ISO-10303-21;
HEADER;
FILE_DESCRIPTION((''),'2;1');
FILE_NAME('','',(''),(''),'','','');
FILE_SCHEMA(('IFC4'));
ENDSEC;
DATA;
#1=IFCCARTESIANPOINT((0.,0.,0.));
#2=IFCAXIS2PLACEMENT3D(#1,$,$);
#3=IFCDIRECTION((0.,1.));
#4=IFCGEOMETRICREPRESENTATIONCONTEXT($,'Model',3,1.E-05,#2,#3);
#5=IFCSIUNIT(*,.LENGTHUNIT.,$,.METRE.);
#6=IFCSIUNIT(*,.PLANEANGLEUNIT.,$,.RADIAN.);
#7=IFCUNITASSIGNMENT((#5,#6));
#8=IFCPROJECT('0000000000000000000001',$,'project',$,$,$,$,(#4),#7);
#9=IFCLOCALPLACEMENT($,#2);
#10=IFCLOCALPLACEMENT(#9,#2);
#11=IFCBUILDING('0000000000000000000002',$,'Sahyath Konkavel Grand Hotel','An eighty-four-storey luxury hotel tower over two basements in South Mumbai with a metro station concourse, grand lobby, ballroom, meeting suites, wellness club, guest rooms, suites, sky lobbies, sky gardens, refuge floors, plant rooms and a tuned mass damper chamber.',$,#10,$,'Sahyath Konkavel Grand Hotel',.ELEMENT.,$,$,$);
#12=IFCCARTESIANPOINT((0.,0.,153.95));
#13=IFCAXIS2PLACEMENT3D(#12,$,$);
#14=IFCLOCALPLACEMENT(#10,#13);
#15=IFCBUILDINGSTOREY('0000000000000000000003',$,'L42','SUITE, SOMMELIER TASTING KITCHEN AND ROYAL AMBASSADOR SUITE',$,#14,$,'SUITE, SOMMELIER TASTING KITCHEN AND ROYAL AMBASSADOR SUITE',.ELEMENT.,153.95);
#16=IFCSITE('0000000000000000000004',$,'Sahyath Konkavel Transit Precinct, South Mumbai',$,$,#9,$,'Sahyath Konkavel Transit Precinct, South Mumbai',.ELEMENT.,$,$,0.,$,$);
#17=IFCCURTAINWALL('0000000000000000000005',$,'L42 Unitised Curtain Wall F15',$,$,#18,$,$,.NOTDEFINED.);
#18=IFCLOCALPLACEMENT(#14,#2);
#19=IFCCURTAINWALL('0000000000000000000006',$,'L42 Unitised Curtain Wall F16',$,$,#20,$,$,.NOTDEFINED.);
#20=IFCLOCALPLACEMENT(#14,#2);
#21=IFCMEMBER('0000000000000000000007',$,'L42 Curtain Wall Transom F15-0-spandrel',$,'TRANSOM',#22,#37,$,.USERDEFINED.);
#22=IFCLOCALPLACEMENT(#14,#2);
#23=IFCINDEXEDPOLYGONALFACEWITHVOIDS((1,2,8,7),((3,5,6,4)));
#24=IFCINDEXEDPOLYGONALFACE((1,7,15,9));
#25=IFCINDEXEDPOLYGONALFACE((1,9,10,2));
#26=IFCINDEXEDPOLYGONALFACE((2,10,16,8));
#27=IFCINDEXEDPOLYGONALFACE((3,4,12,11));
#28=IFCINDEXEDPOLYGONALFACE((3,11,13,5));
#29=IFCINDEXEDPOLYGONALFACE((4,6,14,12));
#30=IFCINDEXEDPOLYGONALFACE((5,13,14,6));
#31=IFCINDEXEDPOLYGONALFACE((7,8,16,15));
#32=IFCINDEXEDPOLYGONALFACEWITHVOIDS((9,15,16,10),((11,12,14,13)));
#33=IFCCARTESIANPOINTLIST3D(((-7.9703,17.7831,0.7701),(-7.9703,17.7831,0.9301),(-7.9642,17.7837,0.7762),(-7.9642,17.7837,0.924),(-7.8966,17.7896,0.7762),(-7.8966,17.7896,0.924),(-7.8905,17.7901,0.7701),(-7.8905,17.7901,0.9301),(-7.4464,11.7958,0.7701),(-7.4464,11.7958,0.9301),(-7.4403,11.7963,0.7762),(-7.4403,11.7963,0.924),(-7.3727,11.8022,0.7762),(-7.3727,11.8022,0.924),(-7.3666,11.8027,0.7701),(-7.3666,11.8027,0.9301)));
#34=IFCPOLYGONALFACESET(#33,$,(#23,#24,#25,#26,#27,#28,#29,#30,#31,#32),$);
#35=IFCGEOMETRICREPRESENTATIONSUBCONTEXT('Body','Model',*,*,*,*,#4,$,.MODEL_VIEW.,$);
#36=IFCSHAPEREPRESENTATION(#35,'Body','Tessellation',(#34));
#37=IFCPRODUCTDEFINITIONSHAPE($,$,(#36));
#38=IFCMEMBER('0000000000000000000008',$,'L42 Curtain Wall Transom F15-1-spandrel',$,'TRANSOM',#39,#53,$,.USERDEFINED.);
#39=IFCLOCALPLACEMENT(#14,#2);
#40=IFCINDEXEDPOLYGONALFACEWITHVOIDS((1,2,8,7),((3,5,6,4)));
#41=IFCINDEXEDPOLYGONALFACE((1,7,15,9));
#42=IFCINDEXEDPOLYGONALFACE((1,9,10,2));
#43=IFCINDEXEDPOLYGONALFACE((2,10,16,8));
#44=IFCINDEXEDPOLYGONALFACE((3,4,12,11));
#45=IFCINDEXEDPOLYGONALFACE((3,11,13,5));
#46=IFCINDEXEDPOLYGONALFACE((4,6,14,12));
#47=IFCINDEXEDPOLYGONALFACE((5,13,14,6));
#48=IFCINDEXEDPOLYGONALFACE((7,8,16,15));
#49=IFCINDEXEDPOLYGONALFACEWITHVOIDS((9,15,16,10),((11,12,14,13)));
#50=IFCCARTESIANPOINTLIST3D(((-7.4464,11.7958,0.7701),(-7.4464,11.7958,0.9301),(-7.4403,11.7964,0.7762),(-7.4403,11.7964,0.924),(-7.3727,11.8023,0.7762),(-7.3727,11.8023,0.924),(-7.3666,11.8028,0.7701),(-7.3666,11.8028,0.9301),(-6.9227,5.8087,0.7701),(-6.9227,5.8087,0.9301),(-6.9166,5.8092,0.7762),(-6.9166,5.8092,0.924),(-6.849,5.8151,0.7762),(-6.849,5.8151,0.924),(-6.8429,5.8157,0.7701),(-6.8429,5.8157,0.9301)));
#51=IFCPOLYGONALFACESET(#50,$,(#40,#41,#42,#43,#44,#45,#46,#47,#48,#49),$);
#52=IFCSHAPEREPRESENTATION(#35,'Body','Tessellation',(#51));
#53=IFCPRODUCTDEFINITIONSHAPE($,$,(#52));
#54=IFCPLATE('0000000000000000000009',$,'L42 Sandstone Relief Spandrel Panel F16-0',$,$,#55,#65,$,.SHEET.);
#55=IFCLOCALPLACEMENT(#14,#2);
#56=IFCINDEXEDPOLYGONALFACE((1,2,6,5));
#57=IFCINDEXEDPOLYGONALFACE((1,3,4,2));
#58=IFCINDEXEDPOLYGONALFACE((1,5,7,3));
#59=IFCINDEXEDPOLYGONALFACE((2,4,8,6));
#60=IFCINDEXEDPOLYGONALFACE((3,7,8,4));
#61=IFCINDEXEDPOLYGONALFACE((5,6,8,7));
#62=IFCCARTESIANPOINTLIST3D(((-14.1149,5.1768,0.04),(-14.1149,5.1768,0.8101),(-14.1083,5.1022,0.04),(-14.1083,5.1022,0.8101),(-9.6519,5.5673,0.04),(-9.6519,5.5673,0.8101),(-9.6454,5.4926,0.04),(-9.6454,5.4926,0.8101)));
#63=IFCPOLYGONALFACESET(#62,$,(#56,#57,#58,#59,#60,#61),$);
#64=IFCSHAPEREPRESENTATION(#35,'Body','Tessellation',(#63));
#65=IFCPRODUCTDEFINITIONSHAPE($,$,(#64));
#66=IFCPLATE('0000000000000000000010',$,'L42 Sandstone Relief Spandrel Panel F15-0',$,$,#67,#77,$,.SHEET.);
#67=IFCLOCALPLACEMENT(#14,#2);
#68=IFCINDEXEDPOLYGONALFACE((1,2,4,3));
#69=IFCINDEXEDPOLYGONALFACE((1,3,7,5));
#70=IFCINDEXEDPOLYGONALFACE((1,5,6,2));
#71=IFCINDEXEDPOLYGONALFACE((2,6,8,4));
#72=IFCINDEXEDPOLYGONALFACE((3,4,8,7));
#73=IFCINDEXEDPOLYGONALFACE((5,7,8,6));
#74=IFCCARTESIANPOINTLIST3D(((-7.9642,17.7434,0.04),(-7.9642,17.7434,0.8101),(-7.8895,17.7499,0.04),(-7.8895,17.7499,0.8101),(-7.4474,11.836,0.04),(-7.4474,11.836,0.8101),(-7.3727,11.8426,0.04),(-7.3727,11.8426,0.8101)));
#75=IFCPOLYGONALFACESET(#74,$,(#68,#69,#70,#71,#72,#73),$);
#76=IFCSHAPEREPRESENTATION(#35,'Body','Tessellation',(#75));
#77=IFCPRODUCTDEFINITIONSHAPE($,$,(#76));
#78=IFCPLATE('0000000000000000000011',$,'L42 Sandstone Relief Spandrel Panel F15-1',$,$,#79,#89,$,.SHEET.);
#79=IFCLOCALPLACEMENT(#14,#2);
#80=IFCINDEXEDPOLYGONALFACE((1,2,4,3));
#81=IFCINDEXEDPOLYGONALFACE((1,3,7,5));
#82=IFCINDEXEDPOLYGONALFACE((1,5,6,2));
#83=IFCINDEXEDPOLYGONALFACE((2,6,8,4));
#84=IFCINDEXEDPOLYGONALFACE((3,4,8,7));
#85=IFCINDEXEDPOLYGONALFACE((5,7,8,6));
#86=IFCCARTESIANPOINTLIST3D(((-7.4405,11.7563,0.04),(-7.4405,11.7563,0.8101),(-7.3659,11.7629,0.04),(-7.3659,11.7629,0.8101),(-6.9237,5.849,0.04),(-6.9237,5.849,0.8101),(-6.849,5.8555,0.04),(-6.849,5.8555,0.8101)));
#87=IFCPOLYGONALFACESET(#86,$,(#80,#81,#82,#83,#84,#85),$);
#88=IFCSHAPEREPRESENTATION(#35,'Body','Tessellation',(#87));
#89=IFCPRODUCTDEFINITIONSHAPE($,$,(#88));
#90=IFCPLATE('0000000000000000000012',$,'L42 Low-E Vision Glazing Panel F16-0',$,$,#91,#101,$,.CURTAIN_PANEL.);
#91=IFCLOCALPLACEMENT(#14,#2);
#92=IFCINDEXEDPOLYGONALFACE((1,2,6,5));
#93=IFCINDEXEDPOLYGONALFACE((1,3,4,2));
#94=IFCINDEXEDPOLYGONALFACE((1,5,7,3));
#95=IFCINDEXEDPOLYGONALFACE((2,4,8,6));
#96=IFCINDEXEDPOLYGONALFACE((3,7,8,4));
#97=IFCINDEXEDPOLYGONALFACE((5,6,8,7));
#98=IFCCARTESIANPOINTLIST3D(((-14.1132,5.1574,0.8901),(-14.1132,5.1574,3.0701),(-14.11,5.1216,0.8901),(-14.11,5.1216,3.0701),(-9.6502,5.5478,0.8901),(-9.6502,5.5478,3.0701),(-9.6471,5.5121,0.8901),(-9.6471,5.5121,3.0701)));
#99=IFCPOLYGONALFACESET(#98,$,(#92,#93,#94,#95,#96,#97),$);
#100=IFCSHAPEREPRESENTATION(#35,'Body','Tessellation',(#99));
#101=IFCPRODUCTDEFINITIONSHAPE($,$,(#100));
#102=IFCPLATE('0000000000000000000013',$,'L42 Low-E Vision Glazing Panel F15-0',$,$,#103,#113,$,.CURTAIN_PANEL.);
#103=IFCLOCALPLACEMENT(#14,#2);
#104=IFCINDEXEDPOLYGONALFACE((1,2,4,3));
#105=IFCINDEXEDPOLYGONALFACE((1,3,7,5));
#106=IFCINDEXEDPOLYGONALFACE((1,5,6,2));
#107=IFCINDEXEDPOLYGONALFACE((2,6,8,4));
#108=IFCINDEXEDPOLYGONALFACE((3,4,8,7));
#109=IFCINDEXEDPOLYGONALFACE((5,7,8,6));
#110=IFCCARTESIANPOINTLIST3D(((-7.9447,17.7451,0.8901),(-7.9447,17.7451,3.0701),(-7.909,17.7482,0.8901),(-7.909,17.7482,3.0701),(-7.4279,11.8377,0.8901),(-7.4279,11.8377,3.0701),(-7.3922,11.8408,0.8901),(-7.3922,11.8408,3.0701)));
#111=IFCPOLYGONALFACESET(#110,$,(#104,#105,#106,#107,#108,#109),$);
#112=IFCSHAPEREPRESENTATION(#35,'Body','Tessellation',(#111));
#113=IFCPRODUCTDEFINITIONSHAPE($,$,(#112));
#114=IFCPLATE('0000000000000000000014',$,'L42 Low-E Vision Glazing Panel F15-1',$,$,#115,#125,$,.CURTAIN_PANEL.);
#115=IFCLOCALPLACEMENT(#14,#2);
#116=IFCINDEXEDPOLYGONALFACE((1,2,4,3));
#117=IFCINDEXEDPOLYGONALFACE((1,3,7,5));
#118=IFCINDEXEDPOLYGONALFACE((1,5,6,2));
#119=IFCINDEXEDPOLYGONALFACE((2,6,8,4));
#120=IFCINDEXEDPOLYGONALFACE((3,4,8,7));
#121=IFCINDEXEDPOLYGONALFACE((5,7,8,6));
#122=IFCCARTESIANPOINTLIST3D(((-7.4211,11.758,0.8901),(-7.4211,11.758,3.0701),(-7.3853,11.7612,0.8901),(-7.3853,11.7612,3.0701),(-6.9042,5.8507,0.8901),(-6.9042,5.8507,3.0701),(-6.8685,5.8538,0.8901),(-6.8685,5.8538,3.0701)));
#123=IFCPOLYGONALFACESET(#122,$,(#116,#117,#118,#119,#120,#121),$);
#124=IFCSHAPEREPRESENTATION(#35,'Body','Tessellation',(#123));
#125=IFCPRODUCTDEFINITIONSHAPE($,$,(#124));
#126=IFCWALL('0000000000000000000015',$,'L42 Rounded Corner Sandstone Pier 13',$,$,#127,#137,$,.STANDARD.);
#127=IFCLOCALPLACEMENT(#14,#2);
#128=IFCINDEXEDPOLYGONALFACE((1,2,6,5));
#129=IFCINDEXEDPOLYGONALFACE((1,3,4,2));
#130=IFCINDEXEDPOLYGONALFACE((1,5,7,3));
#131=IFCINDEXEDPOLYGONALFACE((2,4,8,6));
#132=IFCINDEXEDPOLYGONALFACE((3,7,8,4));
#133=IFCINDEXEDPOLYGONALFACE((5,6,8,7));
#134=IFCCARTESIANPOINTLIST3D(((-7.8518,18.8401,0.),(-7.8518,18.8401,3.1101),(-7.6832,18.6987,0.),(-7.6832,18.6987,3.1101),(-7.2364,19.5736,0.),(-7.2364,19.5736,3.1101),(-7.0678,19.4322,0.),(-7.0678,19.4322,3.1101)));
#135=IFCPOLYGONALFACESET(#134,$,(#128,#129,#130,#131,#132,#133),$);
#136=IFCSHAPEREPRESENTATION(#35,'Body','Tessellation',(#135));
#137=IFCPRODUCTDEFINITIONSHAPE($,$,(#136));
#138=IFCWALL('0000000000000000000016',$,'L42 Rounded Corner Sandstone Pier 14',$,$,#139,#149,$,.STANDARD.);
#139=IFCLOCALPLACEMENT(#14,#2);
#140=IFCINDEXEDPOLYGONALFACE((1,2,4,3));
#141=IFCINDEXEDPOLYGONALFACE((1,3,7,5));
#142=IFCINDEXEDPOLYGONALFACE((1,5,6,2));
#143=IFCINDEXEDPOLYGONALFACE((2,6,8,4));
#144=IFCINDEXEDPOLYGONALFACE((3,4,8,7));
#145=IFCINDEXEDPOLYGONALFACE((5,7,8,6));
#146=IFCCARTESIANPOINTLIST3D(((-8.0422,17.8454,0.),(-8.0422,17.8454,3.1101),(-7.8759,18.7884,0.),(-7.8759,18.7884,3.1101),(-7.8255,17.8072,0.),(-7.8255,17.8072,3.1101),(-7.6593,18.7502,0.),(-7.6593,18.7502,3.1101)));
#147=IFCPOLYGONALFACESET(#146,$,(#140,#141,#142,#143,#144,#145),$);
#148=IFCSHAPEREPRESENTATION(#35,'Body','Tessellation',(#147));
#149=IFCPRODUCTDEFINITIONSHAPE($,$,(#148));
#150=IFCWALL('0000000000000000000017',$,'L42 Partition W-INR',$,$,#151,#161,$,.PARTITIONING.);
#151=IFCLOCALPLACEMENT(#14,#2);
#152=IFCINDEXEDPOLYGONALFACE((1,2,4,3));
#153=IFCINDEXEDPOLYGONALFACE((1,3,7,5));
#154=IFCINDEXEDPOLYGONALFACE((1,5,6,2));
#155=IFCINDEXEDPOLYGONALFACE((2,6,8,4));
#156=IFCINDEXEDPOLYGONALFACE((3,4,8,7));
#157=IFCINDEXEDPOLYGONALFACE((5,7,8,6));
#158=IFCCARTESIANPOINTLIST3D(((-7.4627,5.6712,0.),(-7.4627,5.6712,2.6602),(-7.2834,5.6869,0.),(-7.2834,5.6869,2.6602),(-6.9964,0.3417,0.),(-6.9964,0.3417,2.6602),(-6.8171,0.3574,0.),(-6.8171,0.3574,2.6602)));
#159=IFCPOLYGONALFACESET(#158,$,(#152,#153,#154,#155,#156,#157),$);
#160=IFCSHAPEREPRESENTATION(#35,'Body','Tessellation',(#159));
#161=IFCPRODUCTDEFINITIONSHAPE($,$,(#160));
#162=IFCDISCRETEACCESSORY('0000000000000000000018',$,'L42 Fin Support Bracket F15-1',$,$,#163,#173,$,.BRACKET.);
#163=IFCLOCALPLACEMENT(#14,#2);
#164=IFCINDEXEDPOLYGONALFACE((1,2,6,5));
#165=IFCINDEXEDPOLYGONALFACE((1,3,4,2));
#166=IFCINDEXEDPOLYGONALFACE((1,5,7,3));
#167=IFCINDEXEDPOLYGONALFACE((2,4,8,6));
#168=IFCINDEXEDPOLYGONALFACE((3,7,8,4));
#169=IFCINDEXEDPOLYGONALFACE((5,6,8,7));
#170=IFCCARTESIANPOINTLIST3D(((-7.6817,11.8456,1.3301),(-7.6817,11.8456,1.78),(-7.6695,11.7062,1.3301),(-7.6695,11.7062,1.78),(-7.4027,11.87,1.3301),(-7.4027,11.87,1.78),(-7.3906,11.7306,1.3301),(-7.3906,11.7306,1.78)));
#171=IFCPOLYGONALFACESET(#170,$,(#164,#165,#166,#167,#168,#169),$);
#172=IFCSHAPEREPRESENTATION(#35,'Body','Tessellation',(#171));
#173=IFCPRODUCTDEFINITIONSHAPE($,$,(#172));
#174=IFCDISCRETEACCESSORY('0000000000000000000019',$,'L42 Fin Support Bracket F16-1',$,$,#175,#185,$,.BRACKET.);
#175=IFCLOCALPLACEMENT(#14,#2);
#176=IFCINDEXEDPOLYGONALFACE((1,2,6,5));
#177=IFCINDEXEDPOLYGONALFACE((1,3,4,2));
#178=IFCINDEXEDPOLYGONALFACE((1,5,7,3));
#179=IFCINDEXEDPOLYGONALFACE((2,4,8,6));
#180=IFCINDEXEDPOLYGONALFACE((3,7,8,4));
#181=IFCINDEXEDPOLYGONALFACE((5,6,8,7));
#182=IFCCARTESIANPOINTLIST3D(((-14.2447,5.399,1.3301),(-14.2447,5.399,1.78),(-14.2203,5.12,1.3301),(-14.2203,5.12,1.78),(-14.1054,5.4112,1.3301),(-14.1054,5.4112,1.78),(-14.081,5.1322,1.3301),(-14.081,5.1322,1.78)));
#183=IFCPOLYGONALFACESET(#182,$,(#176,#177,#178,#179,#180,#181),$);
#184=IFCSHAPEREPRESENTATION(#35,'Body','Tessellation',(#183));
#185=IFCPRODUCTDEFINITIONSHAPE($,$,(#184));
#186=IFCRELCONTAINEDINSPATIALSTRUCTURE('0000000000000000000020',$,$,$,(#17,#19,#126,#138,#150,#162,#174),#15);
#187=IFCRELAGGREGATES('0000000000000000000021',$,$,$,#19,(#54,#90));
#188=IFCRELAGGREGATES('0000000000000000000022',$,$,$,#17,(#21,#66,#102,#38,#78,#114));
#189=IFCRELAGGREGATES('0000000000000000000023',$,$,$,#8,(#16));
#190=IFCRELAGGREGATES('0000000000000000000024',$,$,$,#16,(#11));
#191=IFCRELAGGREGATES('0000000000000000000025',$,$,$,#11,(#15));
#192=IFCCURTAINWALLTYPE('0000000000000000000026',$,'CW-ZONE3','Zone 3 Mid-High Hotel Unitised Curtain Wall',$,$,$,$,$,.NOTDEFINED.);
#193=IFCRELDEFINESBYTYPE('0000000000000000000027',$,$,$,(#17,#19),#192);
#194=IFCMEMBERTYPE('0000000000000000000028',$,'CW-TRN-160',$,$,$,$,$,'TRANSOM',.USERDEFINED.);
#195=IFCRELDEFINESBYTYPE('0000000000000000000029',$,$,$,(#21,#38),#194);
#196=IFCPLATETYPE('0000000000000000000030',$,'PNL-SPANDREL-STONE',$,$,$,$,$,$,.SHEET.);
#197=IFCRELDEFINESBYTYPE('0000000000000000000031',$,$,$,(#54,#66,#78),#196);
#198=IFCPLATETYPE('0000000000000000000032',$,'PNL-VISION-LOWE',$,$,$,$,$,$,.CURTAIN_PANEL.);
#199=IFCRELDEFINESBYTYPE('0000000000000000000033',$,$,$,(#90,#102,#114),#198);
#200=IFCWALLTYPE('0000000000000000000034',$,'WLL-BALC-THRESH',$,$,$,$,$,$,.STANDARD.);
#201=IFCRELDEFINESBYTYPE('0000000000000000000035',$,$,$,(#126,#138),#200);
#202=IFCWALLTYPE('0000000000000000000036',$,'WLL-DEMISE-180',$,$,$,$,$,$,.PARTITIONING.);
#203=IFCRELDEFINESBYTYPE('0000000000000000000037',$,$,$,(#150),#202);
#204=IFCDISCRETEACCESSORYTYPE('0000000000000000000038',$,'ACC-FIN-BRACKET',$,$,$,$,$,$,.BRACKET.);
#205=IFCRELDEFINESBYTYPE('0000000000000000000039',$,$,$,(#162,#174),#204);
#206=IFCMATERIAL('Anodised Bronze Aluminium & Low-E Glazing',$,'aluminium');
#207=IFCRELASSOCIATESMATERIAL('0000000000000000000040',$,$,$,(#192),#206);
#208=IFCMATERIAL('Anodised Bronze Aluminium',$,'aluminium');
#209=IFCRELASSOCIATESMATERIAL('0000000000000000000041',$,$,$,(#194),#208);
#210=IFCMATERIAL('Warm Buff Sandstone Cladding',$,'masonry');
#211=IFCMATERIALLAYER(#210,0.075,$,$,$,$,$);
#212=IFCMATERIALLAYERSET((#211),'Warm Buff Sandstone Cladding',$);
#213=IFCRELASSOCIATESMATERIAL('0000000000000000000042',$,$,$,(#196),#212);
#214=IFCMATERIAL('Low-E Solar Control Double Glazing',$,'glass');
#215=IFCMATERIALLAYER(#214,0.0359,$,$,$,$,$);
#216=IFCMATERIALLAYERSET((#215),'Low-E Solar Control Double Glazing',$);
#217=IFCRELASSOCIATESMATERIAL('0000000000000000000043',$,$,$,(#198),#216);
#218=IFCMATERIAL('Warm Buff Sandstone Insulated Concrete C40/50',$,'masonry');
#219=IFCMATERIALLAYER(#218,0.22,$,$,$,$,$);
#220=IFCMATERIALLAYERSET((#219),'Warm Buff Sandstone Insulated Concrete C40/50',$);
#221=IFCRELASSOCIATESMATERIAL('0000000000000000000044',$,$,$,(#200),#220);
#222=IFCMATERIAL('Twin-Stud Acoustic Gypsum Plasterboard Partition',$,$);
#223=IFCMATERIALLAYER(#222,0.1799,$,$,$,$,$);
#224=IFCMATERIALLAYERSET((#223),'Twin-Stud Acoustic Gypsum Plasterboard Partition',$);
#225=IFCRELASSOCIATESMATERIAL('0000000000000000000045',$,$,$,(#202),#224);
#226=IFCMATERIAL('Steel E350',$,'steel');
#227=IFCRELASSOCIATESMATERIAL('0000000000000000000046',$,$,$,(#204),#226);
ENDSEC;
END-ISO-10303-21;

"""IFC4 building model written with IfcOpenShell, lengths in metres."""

from ifc_helpers import new_model, si_unit, direction, frame, frame_2d, origin, origin_2d, place, context, subcontext, project, spatial, rectangle, hollow_rectangle, extrude, source, transform, mapped, material, layer, layer_set, material_profile, profile_set, type_object, element, aggregate, save


model = new_model("IFC4")

# Units and contexts
model_context = context("Model", 3, precision=1e-05, world=origin(), true_north=direction((0.0, 1.0)))
body_context = subcontext(model_context, "Body", "Model", "MODEL_VIEW")
ifc_project = project(units=[si_unit("LENGTHUNIT", "METRE"), si_unit("PLANEANGLEUNIT", "RADIAN")], contexts=[model_context])

# Site, building, storey
site_placement = place(None, origin())
site = spatial("IfcSite", under=ifc_project, at=site_placement, Name="Sahyath Konkavel Transit Precinct, South Mumbai", LongName="Sahyath Konkavel Transit Precinct, South Mumbai", CompositionType="ELEMENT", RefElevation=0.0)
building_placement = place(site_placement, origin())
building = spatial("IfcBuilding", under=site, at=building_placement, Name="Sahyath Konkavel Grand Hotel", Description="An eighty-four-storey luxury hotel tower over two basements in South Mumbai with a metro station concourse, grand lobby, ballroom, meeting suites, wellness club, guest rooms, suites, sky lobbies, sky gardens, refuge floors, plant rooms and a tuned mass damper chamber.", LongName="Sahyath Konkavel Grand Hotel", CompositionType="ELEMENT")
storey_placement = place(building_placement, frame((0.0, 0.0, 153.95)))
storey = spatial("IfcBuildingStorey", under=building, at=storey_placement, Name="L42", Description="SUITE, SOMMELIER TASTING KITCHEN AND ROYAL AMBASSADOR SUITE", LongName="SUITE, SOMMELIER TASTING KITCHEN AND ROYAL AMBASSADOR SUITE", CompositionType="ELEMENT", Elevation=153.95)

# Shared definitions
ifc_material_1 = material(Name="Steel E350", Category="steel")

# Curtain walls
ifc_material_2 = material(Name="Anodised Bronze Aluminium & Low-E Glazing", Category="aluminium")
curtain_wall_type = type_object("IfcCurtainWallType", Name="CW-ZONE3", Description="Zone 3 Mid-High Hotel Unitised Curtain Wall", PredefinedType="NOTDEFINED", material=ifc_material_2)
curtain_wall_1_placement = place(storey_placement, origin())
curtain_wall_1 = element("IfcCurtainWall", 1, at=curtain_wall_1_placement, inside=storey, type_object=curtain_wall_type, Name="L42 Unitised Curtain Wall F15", PredefinedType="NOTDEFINED")
curtain_wall_2_placement = place(storey_placement, origin())
curtain_wall_2 = element("IfcCurtainWall", 2, at=curtain_wall_2_placement, inside=storey, type_object=curtain_wall_type, Name="L42 Unitised Curtain Wall F16", PredefinedType="NOTDEFINED")
ifc_material_3 = material(Name="Anodised Bronze Aluminium", Category="aluminium")

# Members
ifc_material_profile_1 = material_profile(ifc_material_3, hollow_rectangle(XDim=0.0801, YDim=0.1599, WallThickness=0.0061, at=origin_2d()), Name="RHS 160x80x6")
ifc_profile_set_1 = profile_set([ifc_material_profile_1], Name="Anodised Bronze Aluminium")
member_type_1 = type_object("IfcMemberType", Name="CW-TRN-160", ElementType="TRANSOM", PredefinedType="USERDEFINED", material=ifc_profile_set_1)
shared_shape_1 = source(origin(), body_context, "Body", "SweptSolid", [
    extrude(hollow_rectangle(XDim=0.0801, YDim=0.1599, WallThickness=0.0061, at=origin_2d()), origin(), (0.0, 0.0, 1.0), 6.0103),
])
member_1_placement = place(storey_placement, frame((-7.9304, 17.7866, 0.8501), z_axis=(0.087173, -0.996193, 0.0), x_axis=(0.996193, 0.087173, 0.0)))
member_1 = element("IfcMember", 3, at=member_1_placement, type_object=member_type_1, Name="L42 Curtain Wall Transom F15-0-spandrel", ObjectType="TRANSOM", PredefinedType="USERDEFINED", context=body_context, shape_type="MappedRepresentation", body=[
    mapped(shared_shape_1, transform((0.0, 0.0, 0.0), scale=1.0)),
])
shared_shape_2 = source(origin(), body_context, "Body", "SweptSolid", [
    extrude(hollow_rectangle(XDim=0.0801, YDim=0.1599, WallThickness=0.0061, at=origin_2d()), origin(), (0.0, 0.0, 1.0), 6.01),
])
member_2_placement = place(storey_placement, frame((-7.4065, 11.7993, 0.8501), z_axis=(0.087136, -0.996196, 0.0), x_axis=(0.996196, 0.087136, 0.0)))
member_2 = element("IfcMember", 4, at=member_2_placement, type_object=member_type_1, Name="L42 Curtain Wall Transom F15-1-spandrel", ObjectType="TRANSOM", PredefinedType="USERDEFINED", context=body_context, shape_type="MappedRepresentation", body=[
    mapped(shared_shape_2, transform((0.0, 0.0, 0.0), scale=1.0)),
])

# Plates
ifc_material_4 = material(Name="Warm Buff Sandstone Cladding", Category="masonry")
ifc_layer_1 = layer(ifc_material_4, 0.075)
ifc_layer_set_1 = layer_set([ifc_layer_1], Name="Warm Buff Sandstone Cladding")
plate_type_1 = type_object("IfcPlateType", Name="PNL-SPANDREL-STONE", PredefinedType="SHEET", material=ifc_layer_set_1)
shared_shape_3 = source(origin(), body_context, "Body", "SweptSolid", [
    extrude(rectangle(XDim=4.48, YDim=0.075, at=origin_2d()), origin(), (0.0, 0.0, 1.0), 0.77),
])
plate_1_placement = place(storey_placement, frame((-11.8801, 5.3347, 0.04), z_axis=(0.0, 0.0, 1.0), x_axis=(-0.996195, -0.087156, 0.0)))
plate_1 = element("IfcPlate", 5, at=plate_1_placement, type_object=plate_type_1, Name="L42 Sandstone Relief Spandrel Panel F16-0", PredefinedType="SHEET", context=body_context, shape_type="MappedRepresentation", body=[
    mapped(shared_shape_3, transform((0.0, 0.0, 0.0), scale=1.0)),
])
shared_shape_4 = source(origin(), body_context, "Body", "SweptSolid", [
    extrude(rectangle(XDim=5.9299, YDim=0.075, at=origin_2d()), origin(), (0.0, 0.0, 1.0), 0.77),
])
plate_2_placement = place(storey_placement, frame((-7.6685, 14.793, 0.04), z_axis=(0.0, 0.0, 1.0), x_axis=(0.087156, -0.996195, 0.0)))
plate_2 = element("IfcPlate", 6, at=plate_2_placement, type_object=plate_type_1, Name="L42 Sandstone Relief Spandrel Panel F15-0", PredefinedType="SHEET", context=body_context, shape_type="MappedRepresentation", body=[
    mapped(shared_shape_4, transform((0.0, 0.0, 0.0), scale=1.0)),
])
plate_3_placement = place(storey_placement, frame((-7.1448, 8.8059, 0.04), z_axis=(0.0, 0.0, 1.0), x_axis=(0.087156, -0.996195, 0.0)))
plate_3 = element("IfcPlate", 7, at=plate_3_placement, type_object=plate_type_1, Name="L42 Sandstone Relief Spandrel Panel F15-1", PredefinedType="SHEET", context=body_context, shape_type="MappedRepresentation", body=[
    mapped(shared_shape_4, transform((0.0, 0.0, 0.0), scale=1.0)),
])
ifc_material_5 = material(Name="Low-E Solar Control Double Glazing", Category="glass")
ifc_layer_2 = layer(ifc_material_5, 0.0359)
ifc_layer_set_2 = layer_set([ifc_layer_2], Name="Low-E Solar Control Double Glazing")
plate_type_2 = type_object("IfcPlateType", Name="PNL-VISION-LOWE", PredefinedType="CURTAIN_PANEL", material=ifc_layer_set_2)
shared_shape_5 = source(origin(), body_context, "Body", "SweptSolid", [
    extrude(rectangle(XDim=4.48, YDim=0.0359, at=origin_2d()), origin(), (0.0, 0.0, 1.0), 2.1799),
])
plate_4_placement = place(storey_placement, frame((-11.8801, 5.3347, 0.8901), z_axis=(0.0, 0.0, 1.0), x_axis=(-0.996195, -0.087156, 0.0)))
plate_4 = element("IfcPlate", 8, at=plate_4_placement, type_object=plate_type_2, Name="L42 Low-E Vision Glazing Panel F16-0", PredefinedType="CURTAIN_PANEL", context=body_context, shape_type="MappedRepresentation", body=[
    mapped(shared_shape_5, transform((0.0, 0.0, 0.0), scale=1.0)),
])
aggregate(curtain_wall_2, [plate_1, plate_4])
shared_shape_6 = source(origin(), body_context, "Body", "SweptSolid", [
    extrude(rectangle(XDim=5.9299, YDim=0.0359, at=origin_2d()), origin(), (0.0, 0.0, 1.0), 2.1799),
])
plate_5_placement = place(storey_placement, frame((-7.6685, 14.793, 0.8901), z_axis=(0.0, 0.0, 1.0), x_axis=(0.087156, -0.996195, 0.0)))
plate_5 = element("IfcPlate", 9, at=plate_5_placement, type_object=plate_type_2, Name="L42 Low-E Vision Glazing Panel F15-0", PredefinedType="CURTAIN_PANEL", context=body_context, shape_type="MappedRepresentation", body=[
    mapped(shared_shape_6, transform((0.0, 0.0, 0.0), scale=1.0)),
])
plate_6_placement = place(storey_placement, frame((-7.1448, 8.8059, 0.8901), z_axis=(0.0, 0.0, 1.0), x_axis=(0.087156, -0.996195, 0.0)))
plate_6 = element("IfcPlate", 10, at=plate_6_placement, type_object=plate_type_2, Name="L42 Low-E Vision Glazing Panel F15-1", PredefinedType="CURTAIN_PANEL", context=body_context, shape_type="MappedRepresentation", body=[
    mapped(shared_shape_6, transform((0.0, 0.0, 0.0), scale=1.0)),
])
aggregate(curtain_wall_1, [member_1, plate_2, plate_5, member_2, plate_3, plate_6])

# Walls
ifc_material_6 = material(Name="Warm Buff Sandstone Insulated Concrete C40/50", Category="masonry")
ifc_layer_3 = layer(ifc_material_6, 0.22)
ifc_layer_set_3 = layer_set([ifc_layer_3], Name="Warm Buff Sandstone Insulated Concrete C40/50")
wall_type_1 = type_object("IfcWallType", Name="WLL-BALC-THRESH", PredefinedType="STANDARD", material=ifc_layer_set_3)
for number, where, z_axis, x_axis, name in (
    (11, (-7.1521, 19.5029, 0.0), (0.0, 0.0, 1.0), (-0.642714, -0.766107, 0.0), "L42 Rounded Corner Sandstone Pier 13"),
    (12, (-7.7676, 18.7693, 0.0), (0.0, 0.0, 1.0), (-0.173654, -0.984807, 0.0), "L42 Rounded Corner Sandstone Pier 14"),
):
    element("IfcWall", number, at=place(storey_placement, frame(where, z_axis=z_axis, x_axis=x_axis)), inside=storey, type_object=wall_type_1, Name=name, PredefinedType="STANDARD", context=body_context, shape_type="SweptSolid", body=[
        extrude(rectangle(XDim=0.9575, YDim=0.22, at=frame_2d((0.4788, 0.0))), origin(), (0.0, 0.0, 1.0), 3.1101),
    ])
ifc_material_7 = material(Name="Twin-Stud Acoustic Gypsum Plasterboard Partition")
ifc_layer_4 = layer(ifc_material_7, 0.1799)
ifc_layer_set_4 = layer_set([ifc_layer_4], Name="Twin-Stud Acoustic Gypsum Plasterboard Partition")
wall_type_2 = type_object("IfcWallType", Name="WLL-DEMISE-180", PredefinedType="PARTITIONING", material=ifc_layer_set_4)
wall_placement = place(storey_placement, frame((-7.373, 5.679, 0.0), z_axis=(0.0, 0.0, 1.0), x_axis=(0.087161, -0.996194, 0.0)))
element("IfcWall", 13, at=wall_placement, inside=storey, type_object=wall_type_2, Name="L42 Partition W-INR", PredefinedType="PARTITIONING", context=body_context, shape_type="SweptSolid", body=[
    extrude(rectangle(XDim=5.3499, YDim=0.1799, at=frame_2d((2.6748, 0.0))), origin(), (0.0, 0.0, 1.0), 2.6602),
])

# Discrete accessories
discrete_accessory_type = type_object("IfcDiscreteAccessoryType", Name="ACC-FIN-BRACKET", PredefinedType="BRACKET", material=ifc_material_1)
shared_shape_7 = source(origin(), body_context, "Body", "SweptSolid", [
    extrude(rectangle(XDim=0.28, YDim=0.1399, at=origin_2d()), origin(), (0.0, 0.0, 1.0), 0.45),
])
for number, where, z_axis, x_axis, name in (
    (14, (-7.5361, 11.7881, 1.3301), (0.0, 0.0, 1.0), (-0.996195, -0.087156, 0.0), "L42 Fin Support Bracket F15-1"),
    (15, (-14.1628, 5.2656, 1.3301), (0.0, 0.0, 1.0), (-0.087156, 0.996195, 0.0), "L42 Fin Support Bracket F16-1"),
):
    element("IfcDiscreteAccessory", number, at=place(storey_placement, frame(where, z_axis=z_axis, x_axis=x_axis)), inside=storey, type_object=discrete_accessory_type, Name=name, PredefinedType="BRACKET", context=body_context, shape_type="MappedRepresentation", body=[
        mapped(shared_shape_7, transform((0.0, 0.0, 0.0), scale=1.0)),
    ])

save(model, "model.ifc")
